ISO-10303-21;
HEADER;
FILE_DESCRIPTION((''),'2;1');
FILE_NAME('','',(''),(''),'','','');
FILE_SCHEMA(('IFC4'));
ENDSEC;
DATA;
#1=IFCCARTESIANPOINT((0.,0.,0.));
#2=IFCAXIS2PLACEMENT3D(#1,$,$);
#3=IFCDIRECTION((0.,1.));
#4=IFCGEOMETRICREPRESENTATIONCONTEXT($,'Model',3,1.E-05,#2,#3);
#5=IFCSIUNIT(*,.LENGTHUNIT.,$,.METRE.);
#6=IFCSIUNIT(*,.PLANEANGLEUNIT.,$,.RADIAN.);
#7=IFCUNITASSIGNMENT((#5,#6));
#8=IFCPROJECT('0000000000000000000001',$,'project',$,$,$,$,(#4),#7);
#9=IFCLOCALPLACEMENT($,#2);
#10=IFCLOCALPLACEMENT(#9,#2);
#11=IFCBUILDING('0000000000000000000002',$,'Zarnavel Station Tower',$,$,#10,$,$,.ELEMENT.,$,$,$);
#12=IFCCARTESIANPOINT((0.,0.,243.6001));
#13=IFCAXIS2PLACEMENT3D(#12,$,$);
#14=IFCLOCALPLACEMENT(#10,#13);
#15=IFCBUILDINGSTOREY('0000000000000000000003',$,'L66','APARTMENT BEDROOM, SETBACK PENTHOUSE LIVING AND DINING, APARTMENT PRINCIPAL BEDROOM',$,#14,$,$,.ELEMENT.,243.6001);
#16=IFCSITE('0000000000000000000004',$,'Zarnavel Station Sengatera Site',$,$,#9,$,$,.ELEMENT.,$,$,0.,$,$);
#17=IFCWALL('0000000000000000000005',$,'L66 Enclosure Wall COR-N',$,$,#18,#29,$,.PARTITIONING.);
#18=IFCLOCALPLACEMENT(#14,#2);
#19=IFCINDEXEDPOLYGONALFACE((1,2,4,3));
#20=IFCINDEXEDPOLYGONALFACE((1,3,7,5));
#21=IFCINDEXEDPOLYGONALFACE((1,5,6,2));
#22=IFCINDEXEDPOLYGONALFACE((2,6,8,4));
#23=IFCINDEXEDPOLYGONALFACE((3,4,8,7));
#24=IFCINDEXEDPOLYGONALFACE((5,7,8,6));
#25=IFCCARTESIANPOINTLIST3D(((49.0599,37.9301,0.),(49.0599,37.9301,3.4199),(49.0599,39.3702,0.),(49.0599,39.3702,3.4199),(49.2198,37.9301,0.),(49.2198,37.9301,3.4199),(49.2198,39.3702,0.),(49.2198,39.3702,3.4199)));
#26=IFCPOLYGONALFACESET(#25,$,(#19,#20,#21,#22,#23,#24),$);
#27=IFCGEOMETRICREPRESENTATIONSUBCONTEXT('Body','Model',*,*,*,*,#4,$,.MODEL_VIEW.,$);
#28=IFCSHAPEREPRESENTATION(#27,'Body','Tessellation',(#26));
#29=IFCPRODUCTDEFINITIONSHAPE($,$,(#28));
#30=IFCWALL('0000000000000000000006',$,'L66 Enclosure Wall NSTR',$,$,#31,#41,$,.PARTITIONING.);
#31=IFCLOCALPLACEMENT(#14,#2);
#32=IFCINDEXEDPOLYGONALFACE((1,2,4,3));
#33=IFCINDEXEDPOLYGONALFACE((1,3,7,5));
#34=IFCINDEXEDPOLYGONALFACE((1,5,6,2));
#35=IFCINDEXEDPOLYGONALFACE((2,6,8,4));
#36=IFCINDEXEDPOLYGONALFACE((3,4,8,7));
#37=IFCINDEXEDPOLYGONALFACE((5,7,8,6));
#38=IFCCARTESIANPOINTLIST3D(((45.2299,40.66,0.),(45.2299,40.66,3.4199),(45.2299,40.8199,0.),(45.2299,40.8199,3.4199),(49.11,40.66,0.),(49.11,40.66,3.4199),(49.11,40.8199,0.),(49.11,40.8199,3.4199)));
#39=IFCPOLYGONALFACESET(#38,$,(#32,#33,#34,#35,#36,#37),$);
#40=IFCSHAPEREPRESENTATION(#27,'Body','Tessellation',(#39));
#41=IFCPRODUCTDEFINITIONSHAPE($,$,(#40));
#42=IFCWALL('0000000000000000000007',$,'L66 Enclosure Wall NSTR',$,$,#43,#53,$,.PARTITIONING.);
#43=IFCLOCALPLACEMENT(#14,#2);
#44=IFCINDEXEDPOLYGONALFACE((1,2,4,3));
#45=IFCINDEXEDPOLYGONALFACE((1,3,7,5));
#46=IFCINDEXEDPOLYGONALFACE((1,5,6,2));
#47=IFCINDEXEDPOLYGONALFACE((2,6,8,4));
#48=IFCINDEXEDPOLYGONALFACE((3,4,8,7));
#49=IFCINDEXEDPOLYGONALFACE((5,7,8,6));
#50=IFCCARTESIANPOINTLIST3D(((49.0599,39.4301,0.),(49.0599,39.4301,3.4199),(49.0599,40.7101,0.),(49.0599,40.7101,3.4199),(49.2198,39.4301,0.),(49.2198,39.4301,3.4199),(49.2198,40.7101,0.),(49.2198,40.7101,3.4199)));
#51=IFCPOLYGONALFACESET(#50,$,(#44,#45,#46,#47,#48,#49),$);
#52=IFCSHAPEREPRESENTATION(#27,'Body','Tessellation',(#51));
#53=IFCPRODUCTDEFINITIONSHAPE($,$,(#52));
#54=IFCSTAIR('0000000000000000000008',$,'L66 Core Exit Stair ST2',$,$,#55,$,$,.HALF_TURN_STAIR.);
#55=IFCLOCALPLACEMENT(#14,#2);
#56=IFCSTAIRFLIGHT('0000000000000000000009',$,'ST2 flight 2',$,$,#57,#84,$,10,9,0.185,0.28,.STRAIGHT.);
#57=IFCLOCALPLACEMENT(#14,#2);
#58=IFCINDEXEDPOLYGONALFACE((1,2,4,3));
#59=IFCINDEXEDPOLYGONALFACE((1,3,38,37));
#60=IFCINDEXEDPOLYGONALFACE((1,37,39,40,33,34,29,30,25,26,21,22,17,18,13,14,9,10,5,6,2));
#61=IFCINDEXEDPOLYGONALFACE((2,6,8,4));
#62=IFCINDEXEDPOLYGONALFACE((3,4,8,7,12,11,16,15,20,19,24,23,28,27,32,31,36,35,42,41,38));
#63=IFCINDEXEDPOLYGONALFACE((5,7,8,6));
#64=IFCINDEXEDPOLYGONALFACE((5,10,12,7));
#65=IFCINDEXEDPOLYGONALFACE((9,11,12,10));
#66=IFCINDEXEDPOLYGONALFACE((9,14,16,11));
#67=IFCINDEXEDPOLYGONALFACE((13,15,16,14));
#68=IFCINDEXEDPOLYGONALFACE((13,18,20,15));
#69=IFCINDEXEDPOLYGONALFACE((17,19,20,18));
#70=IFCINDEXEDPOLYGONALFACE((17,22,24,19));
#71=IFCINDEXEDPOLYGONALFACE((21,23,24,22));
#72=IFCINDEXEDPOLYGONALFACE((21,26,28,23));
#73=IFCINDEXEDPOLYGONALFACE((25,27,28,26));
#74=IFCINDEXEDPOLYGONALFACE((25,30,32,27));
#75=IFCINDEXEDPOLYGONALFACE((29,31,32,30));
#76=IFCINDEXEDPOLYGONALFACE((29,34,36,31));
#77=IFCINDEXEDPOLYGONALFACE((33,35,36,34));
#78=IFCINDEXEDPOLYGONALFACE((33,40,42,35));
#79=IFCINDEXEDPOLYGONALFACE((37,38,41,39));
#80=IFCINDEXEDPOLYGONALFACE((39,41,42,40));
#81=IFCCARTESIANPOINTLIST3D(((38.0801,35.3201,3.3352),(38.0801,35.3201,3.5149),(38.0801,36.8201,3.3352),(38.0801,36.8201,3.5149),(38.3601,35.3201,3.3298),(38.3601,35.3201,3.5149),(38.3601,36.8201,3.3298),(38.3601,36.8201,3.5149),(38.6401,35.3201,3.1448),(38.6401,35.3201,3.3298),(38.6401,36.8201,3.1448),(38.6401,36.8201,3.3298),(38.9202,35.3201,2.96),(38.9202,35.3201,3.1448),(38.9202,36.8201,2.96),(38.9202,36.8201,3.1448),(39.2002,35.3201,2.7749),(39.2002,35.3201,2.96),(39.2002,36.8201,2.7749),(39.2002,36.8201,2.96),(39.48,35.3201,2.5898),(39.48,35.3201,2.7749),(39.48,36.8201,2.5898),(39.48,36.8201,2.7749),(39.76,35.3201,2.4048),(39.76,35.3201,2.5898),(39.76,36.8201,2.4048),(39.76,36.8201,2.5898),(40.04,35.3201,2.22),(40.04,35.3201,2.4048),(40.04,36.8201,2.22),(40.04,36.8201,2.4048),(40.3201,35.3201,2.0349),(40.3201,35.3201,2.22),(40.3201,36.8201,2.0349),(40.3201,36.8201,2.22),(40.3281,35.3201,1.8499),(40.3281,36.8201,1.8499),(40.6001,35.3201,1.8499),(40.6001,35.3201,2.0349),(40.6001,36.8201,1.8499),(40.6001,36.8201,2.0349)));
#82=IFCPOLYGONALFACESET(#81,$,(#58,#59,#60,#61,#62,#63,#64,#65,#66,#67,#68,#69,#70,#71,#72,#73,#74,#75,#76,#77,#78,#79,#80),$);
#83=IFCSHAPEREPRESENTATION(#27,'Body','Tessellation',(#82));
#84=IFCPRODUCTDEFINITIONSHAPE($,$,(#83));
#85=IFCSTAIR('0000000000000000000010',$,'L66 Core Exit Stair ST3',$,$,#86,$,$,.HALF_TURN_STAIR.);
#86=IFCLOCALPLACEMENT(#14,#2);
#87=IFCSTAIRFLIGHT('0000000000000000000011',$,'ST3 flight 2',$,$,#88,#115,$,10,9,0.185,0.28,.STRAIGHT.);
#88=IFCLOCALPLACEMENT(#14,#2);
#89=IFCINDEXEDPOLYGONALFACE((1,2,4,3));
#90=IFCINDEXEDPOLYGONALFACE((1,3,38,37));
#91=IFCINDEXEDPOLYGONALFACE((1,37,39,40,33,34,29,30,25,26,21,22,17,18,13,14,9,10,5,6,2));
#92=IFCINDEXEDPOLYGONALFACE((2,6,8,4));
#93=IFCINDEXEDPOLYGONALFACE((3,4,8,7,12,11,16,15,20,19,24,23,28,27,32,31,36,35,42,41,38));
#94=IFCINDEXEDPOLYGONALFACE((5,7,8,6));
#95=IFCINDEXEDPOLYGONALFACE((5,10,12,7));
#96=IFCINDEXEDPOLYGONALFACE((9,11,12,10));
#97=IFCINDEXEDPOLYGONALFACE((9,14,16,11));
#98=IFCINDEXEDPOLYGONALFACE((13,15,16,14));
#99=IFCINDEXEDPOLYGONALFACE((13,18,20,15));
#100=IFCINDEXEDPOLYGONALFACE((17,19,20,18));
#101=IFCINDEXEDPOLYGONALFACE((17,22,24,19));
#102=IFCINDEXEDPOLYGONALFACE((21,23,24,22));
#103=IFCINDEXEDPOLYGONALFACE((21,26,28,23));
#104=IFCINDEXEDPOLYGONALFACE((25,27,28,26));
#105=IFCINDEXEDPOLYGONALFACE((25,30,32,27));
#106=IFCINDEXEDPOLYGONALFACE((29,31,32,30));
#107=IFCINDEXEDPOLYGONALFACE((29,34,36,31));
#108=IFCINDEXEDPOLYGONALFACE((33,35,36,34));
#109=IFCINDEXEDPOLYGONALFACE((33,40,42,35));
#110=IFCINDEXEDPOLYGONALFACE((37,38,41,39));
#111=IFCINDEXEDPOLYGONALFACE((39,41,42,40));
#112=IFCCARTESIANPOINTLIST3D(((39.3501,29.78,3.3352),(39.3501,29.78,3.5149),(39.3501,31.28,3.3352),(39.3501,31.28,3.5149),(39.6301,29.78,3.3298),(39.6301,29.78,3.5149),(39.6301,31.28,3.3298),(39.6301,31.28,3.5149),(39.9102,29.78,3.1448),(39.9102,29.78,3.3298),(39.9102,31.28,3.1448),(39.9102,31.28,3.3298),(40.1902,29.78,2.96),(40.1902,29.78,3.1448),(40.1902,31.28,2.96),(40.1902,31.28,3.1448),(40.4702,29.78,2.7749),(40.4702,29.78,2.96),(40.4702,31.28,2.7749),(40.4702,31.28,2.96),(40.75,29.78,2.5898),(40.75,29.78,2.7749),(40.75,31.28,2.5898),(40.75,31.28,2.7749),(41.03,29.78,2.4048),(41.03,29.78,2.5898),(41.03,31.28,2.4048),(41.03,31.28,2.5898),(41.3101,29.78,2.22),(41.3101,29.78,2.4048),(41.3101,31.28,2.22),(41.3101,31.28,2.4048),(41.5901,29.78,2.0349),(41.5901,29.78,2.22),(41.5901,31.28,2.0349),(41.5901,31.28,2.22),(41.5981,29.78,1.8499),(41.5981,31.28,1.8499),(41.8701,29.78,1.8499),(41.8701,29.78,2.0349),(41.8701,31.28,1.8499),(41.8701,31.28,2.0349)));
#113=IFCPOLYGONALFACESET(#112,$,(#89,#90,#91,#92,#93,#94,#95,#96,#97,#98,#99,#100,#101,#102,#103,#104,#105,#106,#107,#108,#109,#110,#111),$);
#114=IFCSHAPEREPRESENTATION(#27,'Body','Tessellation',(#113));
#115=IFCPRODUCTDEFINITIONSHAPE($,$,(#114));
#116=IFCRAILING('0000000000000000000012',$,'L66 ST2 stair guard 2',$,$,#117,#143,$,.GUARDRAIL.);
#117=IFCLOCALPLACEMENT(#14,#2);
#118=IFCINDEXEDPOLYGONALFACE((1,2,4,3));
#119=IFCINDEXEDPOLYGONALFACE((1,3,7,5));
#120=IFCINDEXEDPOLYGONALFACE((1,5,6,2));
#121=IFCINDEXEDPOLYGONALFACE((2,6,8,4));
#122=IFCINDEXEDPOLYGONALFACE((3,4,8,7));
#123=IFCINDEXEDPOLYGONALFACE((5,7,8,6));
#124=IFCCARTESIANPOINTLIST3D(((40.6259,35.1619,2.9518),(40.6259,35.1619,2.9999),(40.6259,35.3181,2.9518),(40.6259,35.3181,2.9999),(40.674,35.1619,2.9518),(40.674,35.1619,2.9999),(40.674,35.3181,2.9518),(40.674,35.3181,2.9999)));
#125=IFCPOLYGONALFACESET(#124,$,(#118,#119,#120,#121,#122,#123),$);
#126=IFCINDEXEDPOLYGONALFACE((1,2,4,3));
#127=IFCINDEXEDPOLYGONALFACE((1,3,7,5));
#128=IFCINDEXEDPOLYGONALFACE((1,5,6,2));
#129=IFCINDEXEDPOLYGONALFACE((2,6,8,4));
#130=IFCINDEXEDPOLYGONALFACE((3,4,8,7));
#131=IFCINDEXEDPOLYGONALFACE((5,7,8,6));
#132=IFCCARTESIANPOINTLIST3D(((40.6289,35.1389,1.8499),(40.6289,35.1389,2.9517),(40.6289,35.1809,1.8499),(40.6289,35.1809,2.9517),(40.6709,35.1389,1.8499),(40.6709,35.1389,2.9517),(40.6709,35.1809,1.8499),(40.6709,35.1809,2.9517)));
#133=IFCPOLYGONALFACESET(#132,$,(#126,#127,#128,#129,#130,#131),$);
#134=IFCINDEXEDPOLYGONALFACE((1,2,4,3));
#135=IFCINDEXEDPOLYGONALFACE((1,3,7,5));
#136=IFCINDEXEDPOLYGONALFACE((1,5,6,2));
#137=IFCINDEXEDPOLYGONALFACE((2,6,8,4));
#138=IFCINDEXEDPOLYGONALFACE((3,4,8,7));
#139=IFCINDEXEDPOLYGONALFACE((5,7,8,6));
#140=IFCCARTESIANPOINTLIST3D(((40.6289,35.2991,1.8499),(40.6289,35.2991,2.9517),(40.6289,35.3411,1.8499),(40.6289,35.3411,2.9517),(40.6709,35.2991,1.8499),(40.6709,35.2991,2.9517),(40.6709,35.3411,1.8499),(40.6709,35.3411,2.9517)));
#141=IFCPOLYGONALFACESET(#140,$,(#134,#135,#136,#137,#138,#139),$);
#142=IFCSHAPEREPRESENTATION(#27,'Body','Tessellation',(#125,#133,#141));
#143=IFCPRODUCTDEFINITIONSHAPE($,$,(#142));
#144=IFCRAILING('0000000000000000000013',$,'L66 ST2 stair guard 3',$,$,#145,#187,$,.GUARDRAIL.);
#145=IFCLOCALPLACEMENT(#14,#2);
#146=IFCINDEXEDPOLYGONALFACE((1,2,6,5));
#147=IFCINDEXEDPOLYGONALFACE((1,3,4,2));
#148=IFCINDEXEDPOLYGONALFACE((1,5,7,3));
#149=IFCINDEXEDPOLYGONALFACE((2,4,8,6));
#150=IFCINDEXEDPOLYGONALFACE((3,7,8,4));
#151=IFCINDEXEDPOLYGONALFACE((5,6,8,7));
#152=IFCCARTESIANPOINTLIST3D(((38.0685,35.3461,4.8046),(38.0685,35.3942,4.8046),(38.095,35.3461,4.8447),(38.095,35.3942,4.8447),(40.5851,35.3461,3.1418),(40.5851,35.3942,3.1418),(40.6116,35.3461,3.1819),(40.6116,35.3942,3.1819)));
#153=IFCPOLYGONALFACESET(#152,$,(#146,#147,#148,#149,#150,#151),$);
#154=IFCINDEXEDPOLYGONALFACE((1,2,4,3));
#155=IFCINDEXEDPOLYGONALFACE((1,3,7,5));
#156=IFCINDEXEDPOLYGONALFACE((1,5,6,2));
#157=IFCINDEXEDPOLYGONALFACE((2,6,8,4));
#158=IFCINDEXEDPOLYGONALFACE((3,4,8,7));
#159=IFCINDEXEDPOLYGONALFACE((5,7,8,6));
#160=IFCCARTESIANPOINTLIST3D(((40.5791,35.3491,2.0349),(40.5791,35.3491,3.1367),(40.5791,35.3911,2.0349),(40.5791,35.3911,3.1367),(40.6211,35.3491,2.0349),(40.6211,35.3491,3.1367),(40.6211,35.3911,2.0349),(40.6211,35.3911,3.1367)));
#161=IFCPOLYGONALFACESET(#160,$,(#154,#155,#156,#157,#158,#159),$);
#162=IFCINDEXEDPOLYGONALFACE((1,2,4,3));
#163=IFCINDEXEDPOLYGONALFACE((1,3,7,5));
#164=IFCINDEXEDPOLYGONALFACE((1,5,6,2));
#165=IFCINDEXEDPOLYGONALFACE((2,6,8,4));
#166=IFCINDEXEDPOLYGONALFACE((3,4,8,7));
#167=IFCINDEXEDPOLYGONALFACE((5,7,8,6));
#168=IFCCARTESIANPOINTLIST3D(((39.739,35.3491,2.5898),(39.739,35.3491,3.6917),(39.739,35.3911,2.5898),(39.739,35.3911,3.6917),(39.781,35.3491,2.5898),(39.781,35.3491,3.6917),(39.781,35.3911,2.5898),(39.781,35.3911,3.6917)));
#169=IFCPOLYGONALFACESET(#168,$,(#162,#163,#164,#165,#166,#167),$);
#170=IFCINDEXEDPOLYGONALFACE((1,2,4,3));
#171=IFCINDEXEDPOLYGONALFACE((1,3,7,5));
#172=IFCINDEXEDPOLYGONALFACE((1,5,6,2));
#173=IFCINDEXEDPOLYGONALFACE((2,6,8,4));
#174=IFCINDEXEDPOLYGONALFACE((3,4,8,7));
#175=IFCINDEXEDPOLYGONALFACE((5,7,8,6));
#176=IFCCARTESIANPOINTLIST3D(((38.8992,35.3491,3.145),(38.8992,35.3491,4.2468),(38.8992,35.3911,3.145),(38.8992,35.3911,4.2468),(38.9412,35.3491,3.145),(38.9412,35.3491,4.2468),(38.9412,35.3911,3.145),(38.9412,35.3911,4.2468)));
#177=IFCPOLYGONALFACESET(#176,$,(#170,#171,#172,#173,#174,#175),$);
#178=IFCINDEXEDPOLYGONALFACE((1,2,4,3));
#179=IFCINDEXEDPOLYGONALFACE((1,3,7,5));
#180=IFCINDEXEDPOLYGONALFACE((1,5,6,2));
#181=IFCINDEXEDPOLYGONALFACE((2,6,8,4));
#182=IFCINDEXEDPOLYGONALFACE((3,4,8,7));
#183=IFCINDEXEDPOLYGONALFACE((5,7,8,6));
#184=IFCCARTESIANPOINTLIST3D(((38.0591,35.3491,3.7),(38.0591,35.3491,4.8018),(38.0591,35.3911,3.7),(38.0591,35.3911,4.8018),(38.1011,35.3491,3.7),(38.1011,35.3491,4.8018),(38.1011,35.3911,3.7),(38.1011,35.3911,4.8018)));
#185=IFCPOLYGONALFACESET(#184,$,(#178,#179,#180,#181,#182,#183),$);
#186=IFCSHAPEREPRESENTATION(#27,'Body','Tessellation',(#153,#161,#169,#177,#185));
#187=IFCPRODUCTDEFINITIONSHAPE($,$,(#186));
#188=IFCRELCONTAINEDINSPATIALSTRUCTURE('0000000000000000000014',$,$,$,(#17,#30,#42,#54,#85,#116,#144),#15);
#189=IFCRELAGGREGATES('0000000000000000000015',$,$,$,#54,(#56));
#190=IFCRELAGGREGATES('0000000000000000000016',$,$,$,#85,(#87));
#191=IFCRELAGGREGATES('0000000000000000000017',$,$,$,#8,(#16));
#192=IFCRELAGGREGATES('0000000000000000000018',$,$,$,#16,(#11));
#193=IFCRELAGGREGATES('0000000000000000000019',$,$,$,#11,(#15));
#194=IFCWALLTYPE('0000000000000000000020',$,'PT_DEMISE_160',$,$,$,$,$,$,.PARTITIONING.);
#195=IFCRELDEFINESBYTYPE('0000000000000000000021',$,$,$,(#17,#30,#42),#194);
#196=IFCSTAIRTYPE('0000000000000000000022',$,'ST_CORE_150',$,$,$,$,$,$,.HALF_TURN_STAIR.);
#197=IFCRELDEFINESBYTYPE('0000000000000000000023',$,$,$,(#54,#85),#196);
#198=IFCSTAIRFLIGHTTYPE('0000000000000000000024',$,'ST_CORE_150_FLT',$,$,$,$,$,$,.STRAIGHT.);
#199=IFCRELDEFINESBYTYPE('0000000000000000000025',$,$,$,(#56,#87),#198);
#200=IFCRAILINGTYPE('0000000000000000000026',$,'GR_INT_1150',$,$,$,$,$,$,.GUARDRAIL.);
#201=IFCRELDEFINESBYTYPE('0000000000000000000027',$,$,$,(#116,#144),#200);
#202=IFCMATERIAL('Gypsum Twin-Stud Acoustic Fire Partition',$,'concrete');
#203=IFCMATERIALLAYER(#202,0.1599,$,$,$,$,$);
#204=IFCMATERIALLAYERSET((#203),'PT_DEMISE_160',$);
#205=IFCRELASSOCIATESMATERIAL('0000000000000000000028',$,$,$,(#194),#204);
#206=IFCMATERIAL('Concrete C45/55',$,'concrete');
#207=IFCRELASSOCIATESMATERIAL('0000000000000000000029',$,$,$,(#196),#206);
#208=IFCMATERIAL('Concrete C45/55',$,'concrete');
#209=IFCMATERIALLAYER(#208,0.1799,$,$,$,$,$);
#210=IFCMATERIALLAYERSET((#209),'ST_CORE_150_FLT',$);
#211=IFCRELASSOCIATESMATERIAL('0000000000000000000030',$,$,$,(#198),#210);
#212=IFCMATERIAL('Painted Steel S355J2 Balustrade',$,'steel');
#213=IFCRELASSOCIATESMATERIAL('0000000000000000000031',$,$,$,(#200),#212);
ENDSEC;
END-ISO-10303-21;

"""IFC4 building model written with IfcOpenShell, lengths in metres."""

from ifc_helpers import new_model, si_unit, direction, frame, frame_2d, origin, origin_2d, place, context, subcontext, project, spatial, polyline, rectangle, outline, extrude, material, layer, layer_set, type_object, element, aggregate, save


model = new_model("IFC4")

# Units and contexts
model_context = context("Model", 3, precision=1e-05, world=origin(), true_north=direction((0.0, 1.0)))
body_context = subcontext(model_context, "Body", "Model", "MODEL_VIEW")
ifc_project = project(units=[si_unit("LENGTHUNIT", "METRE"), si_unit("PLANEANGLEUNIT", "RADIAN")], contexts=[model_context])

# Site, building, storey
site_placement = place(None, origin())
site = spatial("IfcSite", under=ifc_project, at=site_placement, Name="Zarnavel Station Sengatera Site", CompositionType="ELEMENT", RefElevation=0.0)
building_placement = place(site_placement, origin())
building = spatial("IfcBuilding", under=site, at=building_placement, Name="Zarnavel Station Tower", CompositionType="ELEMENT")
storey_placement = place(building_placement, frame((0.0, 0.0, 243.6001)))
storey = spatial("IfcBuildingStorey", under=building, at=storey_placement, Name="L66", Description="APARTMENT BEDROOM, SETBACK PENTHOUSE LIVING AND DINING, APARTMENT PRINCIPAL BEDROOM", CompositionType="ELEMENT", Elevation=243.6001)

# Walls
ifc_material_1 = material(Name="Gypsum Twin-Stud Acoustic Fire Partition", Category="concrete")
ifc_layer_1 = layer(ifc_material_1, 0.1599)
ifc_layer_set_1 = layer_set([ifc_layer_1], Name="PT_DEMISE_160")
wall_type_1 = type_object("IfcWallType", Name="PT_DEMISE_160", PredefinedType="PARTITIONING", material=ifc_layer_set_1)
wall_1_placement = place(storey_placement, frame((49.1399, 37.9299, 0.0), z_axis=(0.0, 0.0, 1.0), x_axis=(0.0, 1.0, 0.0)))
element("IfcWall", 1, at=wall_1_placement, inside=storey, type_object=wall_type_1, Name="L66 Enclosure Wall COR-N", PredefinedType="PARTITIONING", context=body_context, shape_type="SweptSolid", body=[
    extrude(rectangle(XDim=1.4402, YDim=0.1599, at=frame_2d((0.7202, 0.0))), origin(), (0.0, 0.0, 1.0), 3.4199),
])
wall_2_placement = place(storey_placement, frame((45.23, 40.74, 0.0), z_axis=(0.0, 0.0, 1.0), x_axis=(1.0, 0.0, 0.0)))
element("IfcWall", 2, at=wall_2_placement, inside=storey, type_object=wall_type_1, Name="L66 Enclosure Wall NSTR", PredefinedType="PARTITIONING", context=body_context, shape_type="SweptSolid", body=[
    extrude(rectangle(XDim=3.8801, YDim=0.1599, at=frame_2d((1.9399, 0.0))), origin(), (0.0, 0.0, 1.0), 3.4199),
])
wall_3_placement = place(storey_placement, frame((49.1399, 39.4299, 0.0), z_axis=(0.0, 0.0, 1.0), x_axis=(0.0, 1.0, 0.0)))
element("IfcWall", 3, at=wall_3_placement, inside=storey, type_object=wall_type_1, Name="L66 Enclosure Wall NSTR", PredefinedType="PARTITIONING", context=body_context, shape_type="SweptSolid", body=[
    extrude(rectangle(XDim=1.28, YDim=0.1599, at=frame_2d((0.6401, 0.0))), origin(), (0.0, 0.0, 1.0), 3.4199),
])

# Stairs, stair flights
ifc_material_2 = material(Name="Concrete C45/55", Category="concrete")
stair_type = type_object("IfcStairType", Name="ST_CORE_150", PredefinedType="HALF_TURN_STAIR", material=ifc_material_2)
stair_1_placement = place(storey_placement, origin())
stair_1 = element("IfcStair", 4, at=stair_1_placement, inside=storey, type_object=stair_type, Name="L66 Core Exit Stair ST2", PredefinedType="HALF_TURN_STAIR")
ifc_material_3 = material(Name="Concrete C45/55", Category="concrete")
ifc_layer_2 = layer(ifc_material_3, 0.1799)
ifc_layer_set_2 = layer_set([ifc_layer_2], Name="ST_CORE_150_FLT")
stair_flight_type = type_object("IfcStairFlightType", Name="ST_CORE_150_FLT", PredefinedType="STRAIGHT", material=ifc_layer_set_2)
stair_flight_1_placement = place(storey_placement, frame((40.6001, 36.0701, 1.8499), z_axis=(0.0, 0.0, 1.0), x_axis=(-1.0, 0.0, 0.0)))
stair_flight_1 = element("IfcStairFlight", 5, at=stair_flight_1_placement, type_object=stair_flight_type, Name="ST2 flight 2", NumberOfRisers=10, NumberOfTreads=9, PredefinedType="STRAIGHT", RiserHeight=0.185, TreadLength=0.28, context=body_context, shape_type="SweptSolid", body=[
    extrude(outline(polyline([(0.0, 0.0), (0.0, 0.1851), (0.28, 0.1851), (0.28, 0.3701), (0.5601, 0.3701), (0.5601, 0.5549), (0.8401, 0.5549), (0.8401, 0.74), (1.1201, 0.74), (1.1201, 0.925), (1.3999, 0.925), (1.3999, 1.1101), (1.6799, 1.1101), (1.6799, 1.2949), (1.96, 1.2949), (1.96, 1.48), (2.24, 1.48), (2.24, 1.665), (2.52, 1.665), (2.52, 1.8501), (2.52, 1.4854), (0.272, 0.0), (0.0, 0.0)])), frame((0.0, 0.75, 0.0), z_axis=(0.0, -1.0, 0.0), x_axis=(1.0, 0.0, 0.0)), (0.0, 0.0, 1.0), 1.5),
])
aggregate(stair_1, [stair_flight_1])
stair_2_placement = place(storey_placement, origin())
stair_2 = element("IfcStair", 6, at=stair_2_placement, inside=storey, type_object=stair_type, Name="L66 Core Exit Stair ST3", PredefinedType="HALF_TURN_STAIR")
stair_flight_2_placement = place(storey_placement, frame((41.8701, 30.53, 1.8499), z_axis=(0.0, 0.0, 1.0), x_axis=(-1.0, 0.0, 0.0)))
stair_flight_2 = element("IfcStairFlight", 7, at=stair_flight_2_placement, type_object=stair_flight_type, Name="ST3 flight 2", NumberOfRisers=10, NumberOfTreads=9, PredefinedType="STRAIGHT", RiserHeight=0.185, TreadLength=0.28, context=body_context, shape_type="SweptSolid", body=[
    extrude(outline(polyline([(0.0, 0.0), (0.0, 0.1851), (0.28, 0.1851), (0.28, 0.3701), (0.5601, 0.3701), (0.5601, 0.5549), (0.8401, 0.5549), (0.8401, 0.74), (1.1201, 0.74), (1.1201, 0.925), (1.3999, 0.925), (1.3999, 1.1101), (1.6799, 1.1101), (1.6799, 1.2949), (1.96, 1.2949), (1.96, 1.48), (2.24, 1.48), (2.24, 1.665), (2.52, 1.665), (2.52, 1.8501), (2.52, 1.4854), (0.272, 0.0), (0.0, 0.0)])), frame((0.0, 0.75, 0.0), z_axis=(0.0, -1.0, 0.0), x_axis=(1.0, 0.0, 0.0)), (0.0, 0.0, 1.0), 1.5),
])
aggregate(stair_2, [stair_flight_2])

# Railings
ifc_material_4 = material(Name="Painted Steel S355J2 Balustrade", Category="steel")
railing_type_1 = type_object("IfcRailingType", Name="GR_INT_1150", PredefinedType="GUARDRAIL", material=ifc_material_4)
railing_1_placement = place(storey_placement, frame((40.6499, 35.1599, 1.8499)))
element("IfcRailing", 8, at=railing_1_placement, inside=storey, type_object=railing_type_1, Name="L66 ST2 stair guard 2", PredefinedType="GUARDRAIL", context=body_context, shape_type="SweptSolid", body=[
    extrude(rectangle(XDim=0.0481, YDim=0.0481, at=origin_2d()), frame((0.0, 0.002, 1.126), z_axis=(0.0, 1.0, 0.0), x_axis=(-1.0, 0.0, 0.0)), (0.0, 0.0, 1.0), 0.1562),
    extrude(rectangle(XDim=0.042, YDim=0.042, at=origin_2d()), origin(), (0.0, 0.0, 1.0), 1.1018),
    extrude(rectangle(XDim=0.042, YDim=0.042, at=origin_2d()), frame((0.0, 0.1602, 0.0)), (0.0, 0.0, 1.0), 1.1018),
])
railing_2_placement = place(storey_placement, frame((40.6001, 35.3701, 2.0349)))
element("IfcRailing", 9, at=railing_2_placement, inside=storey, type_object=railing_type_1, Name="L66 ST2 stair guard 3", PredefinedType="GUARDRAIL", context=body_context, shape_type="SweptSolid", body=[
    extrude(rectangle(XDim=0.0481, YDim=0.0481, at=origin_2d()), frame((-0.0017, 0.0, 1.127), z_axis=(-0.834331, 0.0, 0.551263), x_axis=(0.0, -1.0, 0.0)), (0.0, 0.0, 1.0), 3.0164),
    extrude(rectangle(XDim=0.042, YDim=0.042, at=origin_2d()), origin(), (0.0, 0.0, 1.0), 1.1018),
    extrude(rectangle(XDim=0.042, YDim=0.042, at=origin_2d()), frame((-0.8401, 0.0, 0.5549)), (0.0, 0.0, 1.0), 1.1018),
    extrude(rectangle(XDim=0.042, YDim=0.042, at=origin_2d()), frame((-1.6799, 0.0, 1.1101)), (0.0, 0.0, 1.0), 1.1018),
    extrude(rectangle(XDim=0.042, YDim=0.042, at=origin_2d()), frame((-2.52, 0.0, 1.665)), (0.0, 0.0, 1.0), 1.1018),
])

save(model, "model.ifc")
